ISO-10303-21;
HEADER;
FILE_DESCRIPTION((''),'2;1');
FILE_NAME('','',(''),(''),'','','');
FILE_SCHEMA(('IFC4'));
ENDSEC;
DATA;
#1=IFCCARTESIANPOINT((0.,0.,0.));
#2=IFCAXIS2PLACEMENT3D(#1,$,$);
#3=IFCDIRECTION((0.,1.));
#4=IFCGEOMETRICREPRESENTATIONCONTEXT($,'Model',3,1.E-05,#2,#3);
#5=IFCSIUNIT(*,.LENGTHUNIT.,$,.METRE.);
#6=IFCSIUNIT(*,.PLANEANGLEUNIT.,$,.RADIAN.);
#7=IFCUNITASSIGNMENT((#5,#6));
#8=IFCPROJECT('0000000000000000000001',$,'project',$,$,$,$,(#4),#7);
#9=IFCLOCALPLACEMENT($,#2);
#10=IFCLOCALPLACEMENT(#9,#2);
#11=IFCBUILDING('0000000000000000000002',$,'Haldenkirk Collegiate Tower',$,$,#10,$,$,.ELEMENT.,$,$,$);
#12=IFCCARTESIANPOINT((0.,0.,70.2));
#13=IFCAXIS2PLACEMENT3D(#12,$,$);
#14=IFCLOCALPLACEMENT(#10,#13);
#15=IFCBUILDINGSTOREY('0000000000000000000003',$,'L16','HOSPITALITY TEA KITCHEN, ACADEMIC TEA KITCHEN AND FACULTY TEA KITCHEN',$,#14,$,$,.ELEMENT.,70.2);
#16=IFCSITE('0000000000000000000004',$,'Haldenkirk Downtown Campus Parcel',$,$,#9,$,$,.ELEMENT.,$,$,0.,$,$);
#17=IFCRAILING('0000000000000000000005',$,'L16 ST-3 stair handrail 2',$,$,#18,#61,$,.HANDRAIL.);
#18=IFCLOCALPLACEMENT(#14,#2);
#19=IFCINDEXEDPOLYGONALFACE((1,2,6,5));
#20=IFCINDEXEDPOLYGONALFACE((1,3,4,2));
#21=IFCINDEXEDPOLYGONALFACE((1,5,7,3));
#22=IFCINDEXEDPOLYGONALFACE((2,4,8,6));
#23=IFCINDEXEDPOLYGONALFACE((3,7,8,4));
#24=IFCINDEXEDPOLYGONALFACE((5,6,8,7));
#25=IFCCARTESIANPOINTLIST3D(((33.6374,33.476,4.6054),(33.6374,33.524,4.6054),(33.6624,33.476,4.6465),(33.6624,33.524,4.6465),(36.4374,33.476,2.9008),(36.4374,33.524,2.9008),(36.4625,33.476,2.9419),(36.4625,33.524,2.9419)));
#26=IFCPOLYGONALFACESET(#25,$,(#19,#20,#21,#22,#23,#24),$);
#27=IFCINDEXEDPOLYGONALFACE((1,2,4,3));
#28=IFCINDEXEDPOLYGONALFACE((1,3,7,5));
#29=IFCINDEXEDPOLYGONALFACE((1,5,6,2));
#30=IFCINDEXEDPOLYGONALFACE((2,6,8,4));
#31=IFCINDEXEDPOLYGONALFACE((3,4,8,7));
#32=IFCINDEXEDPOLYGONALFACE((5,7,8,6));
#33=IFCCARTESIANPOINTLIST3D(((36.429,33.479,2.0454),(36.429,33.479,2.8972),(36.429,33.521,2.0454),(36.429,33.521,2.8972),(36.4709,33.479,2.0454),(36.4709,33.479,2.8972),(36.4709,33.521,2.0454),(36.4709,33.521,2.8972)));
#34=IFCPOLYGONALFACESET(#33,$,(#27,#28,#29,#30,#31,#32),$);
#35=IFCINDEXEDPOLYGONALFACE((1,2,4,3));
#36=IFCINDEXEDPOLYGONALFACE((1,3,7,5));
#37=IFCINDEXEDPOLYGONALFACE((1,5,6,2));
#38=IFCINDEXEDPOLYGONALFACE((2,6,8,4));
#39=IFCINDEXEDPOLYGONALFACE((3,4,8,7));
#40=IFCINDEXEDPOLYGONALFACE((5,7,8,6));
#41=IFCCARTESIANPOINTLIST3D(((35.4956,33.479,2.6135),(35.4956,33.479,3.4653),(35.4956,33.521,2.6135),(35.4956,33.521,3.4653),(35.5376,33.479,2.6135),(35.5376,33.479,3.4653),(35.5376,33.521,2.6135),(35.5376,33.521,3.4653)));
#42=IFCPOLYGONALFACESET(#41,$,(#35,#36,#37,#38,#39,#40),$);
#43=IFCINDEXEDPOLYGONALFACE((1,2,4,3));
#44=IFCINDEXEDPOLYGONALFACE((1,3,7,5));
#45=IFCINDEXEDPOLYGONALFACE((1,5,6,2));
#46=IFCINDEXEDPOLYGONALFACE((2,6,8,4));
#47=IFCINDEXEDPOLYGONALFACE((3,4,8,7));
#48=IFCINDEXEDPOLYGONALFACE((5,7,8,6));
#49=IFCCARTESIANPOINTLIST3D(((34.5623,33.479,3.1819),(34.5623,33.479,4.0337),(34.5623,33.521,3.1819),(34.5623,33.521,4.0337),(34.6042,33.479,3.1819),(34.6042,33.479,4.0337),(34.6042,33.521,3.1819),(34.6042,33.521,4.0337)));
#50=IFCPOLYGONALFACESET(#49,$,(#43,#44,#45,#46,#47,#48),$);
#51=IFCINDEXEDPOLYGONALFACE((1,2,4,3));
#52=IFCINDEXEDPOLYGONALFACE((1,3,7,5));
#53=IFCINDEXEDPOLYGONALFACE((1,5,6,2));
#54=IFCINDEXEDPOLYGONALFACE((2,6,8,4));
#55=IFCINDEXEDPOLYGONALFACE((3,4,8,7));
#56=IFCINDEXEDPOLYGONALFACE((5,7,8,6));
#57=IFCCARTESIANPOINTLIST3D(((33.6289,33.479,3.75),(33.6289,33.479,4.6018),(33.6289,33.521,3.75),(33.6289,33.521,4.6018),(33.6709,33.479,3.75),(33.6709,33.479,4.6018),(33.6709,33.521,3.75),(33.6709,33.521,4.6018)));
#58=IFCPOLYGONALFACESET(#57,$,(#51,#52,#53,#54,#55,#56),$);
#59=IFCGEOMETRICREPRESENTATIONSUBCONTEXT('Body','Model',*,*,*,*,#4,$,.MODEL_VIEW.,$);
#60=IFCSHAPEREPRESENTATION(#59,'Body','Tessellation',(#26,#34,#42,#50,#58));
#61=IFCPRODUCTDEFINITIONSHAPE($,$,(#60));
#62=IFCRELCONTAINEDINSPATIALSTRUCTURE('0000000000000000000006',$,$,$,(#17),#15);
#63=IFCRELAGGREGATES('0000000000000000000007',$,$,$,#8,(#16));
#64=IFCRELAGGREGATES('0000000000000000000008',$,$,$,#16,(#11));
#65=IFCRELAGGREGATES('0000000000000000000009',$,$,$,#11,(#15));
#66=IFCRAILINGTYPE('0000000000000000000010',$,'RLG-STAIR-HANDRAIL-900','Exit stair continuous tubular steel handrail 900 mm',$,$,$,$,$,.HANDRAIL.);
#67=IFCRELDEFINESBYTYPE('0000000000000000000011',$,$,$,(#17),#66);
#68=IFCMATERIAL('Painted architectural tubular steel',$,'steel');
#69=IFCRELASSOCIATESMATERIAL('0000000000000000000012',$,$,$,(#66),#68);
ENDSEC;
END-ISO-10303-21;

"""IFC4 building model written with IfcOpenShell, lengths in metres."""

from ifc_helpers import new_model, si_unit, direction, frame, origin, origin_2d, place, context, subcontext, project, spatial, rectangle, extrude, material, type_object, element, save


model = new_model("IFC4")

# Units and contexts
model_context = context("Model", 3, precision=1e-05, world=origin(), true_north=direction((0.0, 1.0)))
body_context = subcontext(model_context, "Body", "Model", "MODEL_VIEW")
ifc_project = project(units=[si_unit("LENGTHUNIT", "METRE"), si_unit("PLANEANGLEUNIT", "RADIAN")], contexts=[model_context])

# Site, building, storey
site_placement = place(None, origin())
site = spatial("IfcSite", under=ifc_project, at=site_placement, Name="Haldenkirk Downtown Campus Parcel", CompositionType="ELEMENT", RefElevation=0.0)
building_placement = place(site_placement, origin())
building = spatial("IfcBuilding", under=site, at=building_placement, Name="Haldenkirk Collegiate Tower", CompositionType="ELEMENT")
storey_placement = place(building_placement, frame((0.0, 0.0, 70.2)))
storey = spatial("IfcBuildingStorey", under=building, at=storey_placement, Name="L16", Description="HOSPITALITY TEA KITCHEN, ACADEMIC TEA KITCHEN AND FACULTY TEA KITCHEN", CompositionType="ELEMENT", Elevation=70.2)

# Railing
ifc_material_1 = material(Name="Painted architectural tubular steel", Category="steel")
railing_type_1 = type_object("IfcRailingType", Name="RLG-STAIR-HANDRAIL-900", Description="Exit stair continuous tubular steel handrail 900 mm", PredefinedType="HANDRAIL", material=ifc_material_1)
railing_1_placement = place(storey_placement, frame((36.45, 33.5, 2.0454)))
element("IfcRailing", 1, at=railing_1_placement, inside=storey, type_object=railing_type_1, Name="L16 ST-3 stair handrail 2", PredefinedType="HANDRAIL", context=body_context, shape_type="SweptSolid", body=[
    extrude(rectangle(XDim=0.0481, YDim=0.0481, at=origin_2d()), frame((0.0, 0.0, 0.876), z_axis=(-0.85417, 0.0, 0.519994), x_axis=(0.0, -1.0, 0.0)), (0.0, 0.0, 1.0), 3.2781),
    extrude(rectangle(XDim=0.042, YDim=0.042, at=origin_2d()), origin(), (0.0, 0.0, 1.0), 0.8518),
    extrude(rectangle(XDim=0.042, YDim=0.042, at=origin_2d()), frame((-0.9333, 0.0, 0.5681)), (0.0, 0.0, 1.0), 0.8518),
    extrude(rectangle(XDim=0.042, YDim=0.042, at=origin_2d()), frame((-1.8667, 0.0, 1.1365)), (0.0, 0.0, 1.0), 0.8518),
    extrude(rectangle(XDim=0.042, YDim=0.042, at=origin_2d()), frame((-2.8, 0.0, 1.7046)), (0.0, 0.0, 1.0), 0.8518),
])

save(model, "model.ifc")
